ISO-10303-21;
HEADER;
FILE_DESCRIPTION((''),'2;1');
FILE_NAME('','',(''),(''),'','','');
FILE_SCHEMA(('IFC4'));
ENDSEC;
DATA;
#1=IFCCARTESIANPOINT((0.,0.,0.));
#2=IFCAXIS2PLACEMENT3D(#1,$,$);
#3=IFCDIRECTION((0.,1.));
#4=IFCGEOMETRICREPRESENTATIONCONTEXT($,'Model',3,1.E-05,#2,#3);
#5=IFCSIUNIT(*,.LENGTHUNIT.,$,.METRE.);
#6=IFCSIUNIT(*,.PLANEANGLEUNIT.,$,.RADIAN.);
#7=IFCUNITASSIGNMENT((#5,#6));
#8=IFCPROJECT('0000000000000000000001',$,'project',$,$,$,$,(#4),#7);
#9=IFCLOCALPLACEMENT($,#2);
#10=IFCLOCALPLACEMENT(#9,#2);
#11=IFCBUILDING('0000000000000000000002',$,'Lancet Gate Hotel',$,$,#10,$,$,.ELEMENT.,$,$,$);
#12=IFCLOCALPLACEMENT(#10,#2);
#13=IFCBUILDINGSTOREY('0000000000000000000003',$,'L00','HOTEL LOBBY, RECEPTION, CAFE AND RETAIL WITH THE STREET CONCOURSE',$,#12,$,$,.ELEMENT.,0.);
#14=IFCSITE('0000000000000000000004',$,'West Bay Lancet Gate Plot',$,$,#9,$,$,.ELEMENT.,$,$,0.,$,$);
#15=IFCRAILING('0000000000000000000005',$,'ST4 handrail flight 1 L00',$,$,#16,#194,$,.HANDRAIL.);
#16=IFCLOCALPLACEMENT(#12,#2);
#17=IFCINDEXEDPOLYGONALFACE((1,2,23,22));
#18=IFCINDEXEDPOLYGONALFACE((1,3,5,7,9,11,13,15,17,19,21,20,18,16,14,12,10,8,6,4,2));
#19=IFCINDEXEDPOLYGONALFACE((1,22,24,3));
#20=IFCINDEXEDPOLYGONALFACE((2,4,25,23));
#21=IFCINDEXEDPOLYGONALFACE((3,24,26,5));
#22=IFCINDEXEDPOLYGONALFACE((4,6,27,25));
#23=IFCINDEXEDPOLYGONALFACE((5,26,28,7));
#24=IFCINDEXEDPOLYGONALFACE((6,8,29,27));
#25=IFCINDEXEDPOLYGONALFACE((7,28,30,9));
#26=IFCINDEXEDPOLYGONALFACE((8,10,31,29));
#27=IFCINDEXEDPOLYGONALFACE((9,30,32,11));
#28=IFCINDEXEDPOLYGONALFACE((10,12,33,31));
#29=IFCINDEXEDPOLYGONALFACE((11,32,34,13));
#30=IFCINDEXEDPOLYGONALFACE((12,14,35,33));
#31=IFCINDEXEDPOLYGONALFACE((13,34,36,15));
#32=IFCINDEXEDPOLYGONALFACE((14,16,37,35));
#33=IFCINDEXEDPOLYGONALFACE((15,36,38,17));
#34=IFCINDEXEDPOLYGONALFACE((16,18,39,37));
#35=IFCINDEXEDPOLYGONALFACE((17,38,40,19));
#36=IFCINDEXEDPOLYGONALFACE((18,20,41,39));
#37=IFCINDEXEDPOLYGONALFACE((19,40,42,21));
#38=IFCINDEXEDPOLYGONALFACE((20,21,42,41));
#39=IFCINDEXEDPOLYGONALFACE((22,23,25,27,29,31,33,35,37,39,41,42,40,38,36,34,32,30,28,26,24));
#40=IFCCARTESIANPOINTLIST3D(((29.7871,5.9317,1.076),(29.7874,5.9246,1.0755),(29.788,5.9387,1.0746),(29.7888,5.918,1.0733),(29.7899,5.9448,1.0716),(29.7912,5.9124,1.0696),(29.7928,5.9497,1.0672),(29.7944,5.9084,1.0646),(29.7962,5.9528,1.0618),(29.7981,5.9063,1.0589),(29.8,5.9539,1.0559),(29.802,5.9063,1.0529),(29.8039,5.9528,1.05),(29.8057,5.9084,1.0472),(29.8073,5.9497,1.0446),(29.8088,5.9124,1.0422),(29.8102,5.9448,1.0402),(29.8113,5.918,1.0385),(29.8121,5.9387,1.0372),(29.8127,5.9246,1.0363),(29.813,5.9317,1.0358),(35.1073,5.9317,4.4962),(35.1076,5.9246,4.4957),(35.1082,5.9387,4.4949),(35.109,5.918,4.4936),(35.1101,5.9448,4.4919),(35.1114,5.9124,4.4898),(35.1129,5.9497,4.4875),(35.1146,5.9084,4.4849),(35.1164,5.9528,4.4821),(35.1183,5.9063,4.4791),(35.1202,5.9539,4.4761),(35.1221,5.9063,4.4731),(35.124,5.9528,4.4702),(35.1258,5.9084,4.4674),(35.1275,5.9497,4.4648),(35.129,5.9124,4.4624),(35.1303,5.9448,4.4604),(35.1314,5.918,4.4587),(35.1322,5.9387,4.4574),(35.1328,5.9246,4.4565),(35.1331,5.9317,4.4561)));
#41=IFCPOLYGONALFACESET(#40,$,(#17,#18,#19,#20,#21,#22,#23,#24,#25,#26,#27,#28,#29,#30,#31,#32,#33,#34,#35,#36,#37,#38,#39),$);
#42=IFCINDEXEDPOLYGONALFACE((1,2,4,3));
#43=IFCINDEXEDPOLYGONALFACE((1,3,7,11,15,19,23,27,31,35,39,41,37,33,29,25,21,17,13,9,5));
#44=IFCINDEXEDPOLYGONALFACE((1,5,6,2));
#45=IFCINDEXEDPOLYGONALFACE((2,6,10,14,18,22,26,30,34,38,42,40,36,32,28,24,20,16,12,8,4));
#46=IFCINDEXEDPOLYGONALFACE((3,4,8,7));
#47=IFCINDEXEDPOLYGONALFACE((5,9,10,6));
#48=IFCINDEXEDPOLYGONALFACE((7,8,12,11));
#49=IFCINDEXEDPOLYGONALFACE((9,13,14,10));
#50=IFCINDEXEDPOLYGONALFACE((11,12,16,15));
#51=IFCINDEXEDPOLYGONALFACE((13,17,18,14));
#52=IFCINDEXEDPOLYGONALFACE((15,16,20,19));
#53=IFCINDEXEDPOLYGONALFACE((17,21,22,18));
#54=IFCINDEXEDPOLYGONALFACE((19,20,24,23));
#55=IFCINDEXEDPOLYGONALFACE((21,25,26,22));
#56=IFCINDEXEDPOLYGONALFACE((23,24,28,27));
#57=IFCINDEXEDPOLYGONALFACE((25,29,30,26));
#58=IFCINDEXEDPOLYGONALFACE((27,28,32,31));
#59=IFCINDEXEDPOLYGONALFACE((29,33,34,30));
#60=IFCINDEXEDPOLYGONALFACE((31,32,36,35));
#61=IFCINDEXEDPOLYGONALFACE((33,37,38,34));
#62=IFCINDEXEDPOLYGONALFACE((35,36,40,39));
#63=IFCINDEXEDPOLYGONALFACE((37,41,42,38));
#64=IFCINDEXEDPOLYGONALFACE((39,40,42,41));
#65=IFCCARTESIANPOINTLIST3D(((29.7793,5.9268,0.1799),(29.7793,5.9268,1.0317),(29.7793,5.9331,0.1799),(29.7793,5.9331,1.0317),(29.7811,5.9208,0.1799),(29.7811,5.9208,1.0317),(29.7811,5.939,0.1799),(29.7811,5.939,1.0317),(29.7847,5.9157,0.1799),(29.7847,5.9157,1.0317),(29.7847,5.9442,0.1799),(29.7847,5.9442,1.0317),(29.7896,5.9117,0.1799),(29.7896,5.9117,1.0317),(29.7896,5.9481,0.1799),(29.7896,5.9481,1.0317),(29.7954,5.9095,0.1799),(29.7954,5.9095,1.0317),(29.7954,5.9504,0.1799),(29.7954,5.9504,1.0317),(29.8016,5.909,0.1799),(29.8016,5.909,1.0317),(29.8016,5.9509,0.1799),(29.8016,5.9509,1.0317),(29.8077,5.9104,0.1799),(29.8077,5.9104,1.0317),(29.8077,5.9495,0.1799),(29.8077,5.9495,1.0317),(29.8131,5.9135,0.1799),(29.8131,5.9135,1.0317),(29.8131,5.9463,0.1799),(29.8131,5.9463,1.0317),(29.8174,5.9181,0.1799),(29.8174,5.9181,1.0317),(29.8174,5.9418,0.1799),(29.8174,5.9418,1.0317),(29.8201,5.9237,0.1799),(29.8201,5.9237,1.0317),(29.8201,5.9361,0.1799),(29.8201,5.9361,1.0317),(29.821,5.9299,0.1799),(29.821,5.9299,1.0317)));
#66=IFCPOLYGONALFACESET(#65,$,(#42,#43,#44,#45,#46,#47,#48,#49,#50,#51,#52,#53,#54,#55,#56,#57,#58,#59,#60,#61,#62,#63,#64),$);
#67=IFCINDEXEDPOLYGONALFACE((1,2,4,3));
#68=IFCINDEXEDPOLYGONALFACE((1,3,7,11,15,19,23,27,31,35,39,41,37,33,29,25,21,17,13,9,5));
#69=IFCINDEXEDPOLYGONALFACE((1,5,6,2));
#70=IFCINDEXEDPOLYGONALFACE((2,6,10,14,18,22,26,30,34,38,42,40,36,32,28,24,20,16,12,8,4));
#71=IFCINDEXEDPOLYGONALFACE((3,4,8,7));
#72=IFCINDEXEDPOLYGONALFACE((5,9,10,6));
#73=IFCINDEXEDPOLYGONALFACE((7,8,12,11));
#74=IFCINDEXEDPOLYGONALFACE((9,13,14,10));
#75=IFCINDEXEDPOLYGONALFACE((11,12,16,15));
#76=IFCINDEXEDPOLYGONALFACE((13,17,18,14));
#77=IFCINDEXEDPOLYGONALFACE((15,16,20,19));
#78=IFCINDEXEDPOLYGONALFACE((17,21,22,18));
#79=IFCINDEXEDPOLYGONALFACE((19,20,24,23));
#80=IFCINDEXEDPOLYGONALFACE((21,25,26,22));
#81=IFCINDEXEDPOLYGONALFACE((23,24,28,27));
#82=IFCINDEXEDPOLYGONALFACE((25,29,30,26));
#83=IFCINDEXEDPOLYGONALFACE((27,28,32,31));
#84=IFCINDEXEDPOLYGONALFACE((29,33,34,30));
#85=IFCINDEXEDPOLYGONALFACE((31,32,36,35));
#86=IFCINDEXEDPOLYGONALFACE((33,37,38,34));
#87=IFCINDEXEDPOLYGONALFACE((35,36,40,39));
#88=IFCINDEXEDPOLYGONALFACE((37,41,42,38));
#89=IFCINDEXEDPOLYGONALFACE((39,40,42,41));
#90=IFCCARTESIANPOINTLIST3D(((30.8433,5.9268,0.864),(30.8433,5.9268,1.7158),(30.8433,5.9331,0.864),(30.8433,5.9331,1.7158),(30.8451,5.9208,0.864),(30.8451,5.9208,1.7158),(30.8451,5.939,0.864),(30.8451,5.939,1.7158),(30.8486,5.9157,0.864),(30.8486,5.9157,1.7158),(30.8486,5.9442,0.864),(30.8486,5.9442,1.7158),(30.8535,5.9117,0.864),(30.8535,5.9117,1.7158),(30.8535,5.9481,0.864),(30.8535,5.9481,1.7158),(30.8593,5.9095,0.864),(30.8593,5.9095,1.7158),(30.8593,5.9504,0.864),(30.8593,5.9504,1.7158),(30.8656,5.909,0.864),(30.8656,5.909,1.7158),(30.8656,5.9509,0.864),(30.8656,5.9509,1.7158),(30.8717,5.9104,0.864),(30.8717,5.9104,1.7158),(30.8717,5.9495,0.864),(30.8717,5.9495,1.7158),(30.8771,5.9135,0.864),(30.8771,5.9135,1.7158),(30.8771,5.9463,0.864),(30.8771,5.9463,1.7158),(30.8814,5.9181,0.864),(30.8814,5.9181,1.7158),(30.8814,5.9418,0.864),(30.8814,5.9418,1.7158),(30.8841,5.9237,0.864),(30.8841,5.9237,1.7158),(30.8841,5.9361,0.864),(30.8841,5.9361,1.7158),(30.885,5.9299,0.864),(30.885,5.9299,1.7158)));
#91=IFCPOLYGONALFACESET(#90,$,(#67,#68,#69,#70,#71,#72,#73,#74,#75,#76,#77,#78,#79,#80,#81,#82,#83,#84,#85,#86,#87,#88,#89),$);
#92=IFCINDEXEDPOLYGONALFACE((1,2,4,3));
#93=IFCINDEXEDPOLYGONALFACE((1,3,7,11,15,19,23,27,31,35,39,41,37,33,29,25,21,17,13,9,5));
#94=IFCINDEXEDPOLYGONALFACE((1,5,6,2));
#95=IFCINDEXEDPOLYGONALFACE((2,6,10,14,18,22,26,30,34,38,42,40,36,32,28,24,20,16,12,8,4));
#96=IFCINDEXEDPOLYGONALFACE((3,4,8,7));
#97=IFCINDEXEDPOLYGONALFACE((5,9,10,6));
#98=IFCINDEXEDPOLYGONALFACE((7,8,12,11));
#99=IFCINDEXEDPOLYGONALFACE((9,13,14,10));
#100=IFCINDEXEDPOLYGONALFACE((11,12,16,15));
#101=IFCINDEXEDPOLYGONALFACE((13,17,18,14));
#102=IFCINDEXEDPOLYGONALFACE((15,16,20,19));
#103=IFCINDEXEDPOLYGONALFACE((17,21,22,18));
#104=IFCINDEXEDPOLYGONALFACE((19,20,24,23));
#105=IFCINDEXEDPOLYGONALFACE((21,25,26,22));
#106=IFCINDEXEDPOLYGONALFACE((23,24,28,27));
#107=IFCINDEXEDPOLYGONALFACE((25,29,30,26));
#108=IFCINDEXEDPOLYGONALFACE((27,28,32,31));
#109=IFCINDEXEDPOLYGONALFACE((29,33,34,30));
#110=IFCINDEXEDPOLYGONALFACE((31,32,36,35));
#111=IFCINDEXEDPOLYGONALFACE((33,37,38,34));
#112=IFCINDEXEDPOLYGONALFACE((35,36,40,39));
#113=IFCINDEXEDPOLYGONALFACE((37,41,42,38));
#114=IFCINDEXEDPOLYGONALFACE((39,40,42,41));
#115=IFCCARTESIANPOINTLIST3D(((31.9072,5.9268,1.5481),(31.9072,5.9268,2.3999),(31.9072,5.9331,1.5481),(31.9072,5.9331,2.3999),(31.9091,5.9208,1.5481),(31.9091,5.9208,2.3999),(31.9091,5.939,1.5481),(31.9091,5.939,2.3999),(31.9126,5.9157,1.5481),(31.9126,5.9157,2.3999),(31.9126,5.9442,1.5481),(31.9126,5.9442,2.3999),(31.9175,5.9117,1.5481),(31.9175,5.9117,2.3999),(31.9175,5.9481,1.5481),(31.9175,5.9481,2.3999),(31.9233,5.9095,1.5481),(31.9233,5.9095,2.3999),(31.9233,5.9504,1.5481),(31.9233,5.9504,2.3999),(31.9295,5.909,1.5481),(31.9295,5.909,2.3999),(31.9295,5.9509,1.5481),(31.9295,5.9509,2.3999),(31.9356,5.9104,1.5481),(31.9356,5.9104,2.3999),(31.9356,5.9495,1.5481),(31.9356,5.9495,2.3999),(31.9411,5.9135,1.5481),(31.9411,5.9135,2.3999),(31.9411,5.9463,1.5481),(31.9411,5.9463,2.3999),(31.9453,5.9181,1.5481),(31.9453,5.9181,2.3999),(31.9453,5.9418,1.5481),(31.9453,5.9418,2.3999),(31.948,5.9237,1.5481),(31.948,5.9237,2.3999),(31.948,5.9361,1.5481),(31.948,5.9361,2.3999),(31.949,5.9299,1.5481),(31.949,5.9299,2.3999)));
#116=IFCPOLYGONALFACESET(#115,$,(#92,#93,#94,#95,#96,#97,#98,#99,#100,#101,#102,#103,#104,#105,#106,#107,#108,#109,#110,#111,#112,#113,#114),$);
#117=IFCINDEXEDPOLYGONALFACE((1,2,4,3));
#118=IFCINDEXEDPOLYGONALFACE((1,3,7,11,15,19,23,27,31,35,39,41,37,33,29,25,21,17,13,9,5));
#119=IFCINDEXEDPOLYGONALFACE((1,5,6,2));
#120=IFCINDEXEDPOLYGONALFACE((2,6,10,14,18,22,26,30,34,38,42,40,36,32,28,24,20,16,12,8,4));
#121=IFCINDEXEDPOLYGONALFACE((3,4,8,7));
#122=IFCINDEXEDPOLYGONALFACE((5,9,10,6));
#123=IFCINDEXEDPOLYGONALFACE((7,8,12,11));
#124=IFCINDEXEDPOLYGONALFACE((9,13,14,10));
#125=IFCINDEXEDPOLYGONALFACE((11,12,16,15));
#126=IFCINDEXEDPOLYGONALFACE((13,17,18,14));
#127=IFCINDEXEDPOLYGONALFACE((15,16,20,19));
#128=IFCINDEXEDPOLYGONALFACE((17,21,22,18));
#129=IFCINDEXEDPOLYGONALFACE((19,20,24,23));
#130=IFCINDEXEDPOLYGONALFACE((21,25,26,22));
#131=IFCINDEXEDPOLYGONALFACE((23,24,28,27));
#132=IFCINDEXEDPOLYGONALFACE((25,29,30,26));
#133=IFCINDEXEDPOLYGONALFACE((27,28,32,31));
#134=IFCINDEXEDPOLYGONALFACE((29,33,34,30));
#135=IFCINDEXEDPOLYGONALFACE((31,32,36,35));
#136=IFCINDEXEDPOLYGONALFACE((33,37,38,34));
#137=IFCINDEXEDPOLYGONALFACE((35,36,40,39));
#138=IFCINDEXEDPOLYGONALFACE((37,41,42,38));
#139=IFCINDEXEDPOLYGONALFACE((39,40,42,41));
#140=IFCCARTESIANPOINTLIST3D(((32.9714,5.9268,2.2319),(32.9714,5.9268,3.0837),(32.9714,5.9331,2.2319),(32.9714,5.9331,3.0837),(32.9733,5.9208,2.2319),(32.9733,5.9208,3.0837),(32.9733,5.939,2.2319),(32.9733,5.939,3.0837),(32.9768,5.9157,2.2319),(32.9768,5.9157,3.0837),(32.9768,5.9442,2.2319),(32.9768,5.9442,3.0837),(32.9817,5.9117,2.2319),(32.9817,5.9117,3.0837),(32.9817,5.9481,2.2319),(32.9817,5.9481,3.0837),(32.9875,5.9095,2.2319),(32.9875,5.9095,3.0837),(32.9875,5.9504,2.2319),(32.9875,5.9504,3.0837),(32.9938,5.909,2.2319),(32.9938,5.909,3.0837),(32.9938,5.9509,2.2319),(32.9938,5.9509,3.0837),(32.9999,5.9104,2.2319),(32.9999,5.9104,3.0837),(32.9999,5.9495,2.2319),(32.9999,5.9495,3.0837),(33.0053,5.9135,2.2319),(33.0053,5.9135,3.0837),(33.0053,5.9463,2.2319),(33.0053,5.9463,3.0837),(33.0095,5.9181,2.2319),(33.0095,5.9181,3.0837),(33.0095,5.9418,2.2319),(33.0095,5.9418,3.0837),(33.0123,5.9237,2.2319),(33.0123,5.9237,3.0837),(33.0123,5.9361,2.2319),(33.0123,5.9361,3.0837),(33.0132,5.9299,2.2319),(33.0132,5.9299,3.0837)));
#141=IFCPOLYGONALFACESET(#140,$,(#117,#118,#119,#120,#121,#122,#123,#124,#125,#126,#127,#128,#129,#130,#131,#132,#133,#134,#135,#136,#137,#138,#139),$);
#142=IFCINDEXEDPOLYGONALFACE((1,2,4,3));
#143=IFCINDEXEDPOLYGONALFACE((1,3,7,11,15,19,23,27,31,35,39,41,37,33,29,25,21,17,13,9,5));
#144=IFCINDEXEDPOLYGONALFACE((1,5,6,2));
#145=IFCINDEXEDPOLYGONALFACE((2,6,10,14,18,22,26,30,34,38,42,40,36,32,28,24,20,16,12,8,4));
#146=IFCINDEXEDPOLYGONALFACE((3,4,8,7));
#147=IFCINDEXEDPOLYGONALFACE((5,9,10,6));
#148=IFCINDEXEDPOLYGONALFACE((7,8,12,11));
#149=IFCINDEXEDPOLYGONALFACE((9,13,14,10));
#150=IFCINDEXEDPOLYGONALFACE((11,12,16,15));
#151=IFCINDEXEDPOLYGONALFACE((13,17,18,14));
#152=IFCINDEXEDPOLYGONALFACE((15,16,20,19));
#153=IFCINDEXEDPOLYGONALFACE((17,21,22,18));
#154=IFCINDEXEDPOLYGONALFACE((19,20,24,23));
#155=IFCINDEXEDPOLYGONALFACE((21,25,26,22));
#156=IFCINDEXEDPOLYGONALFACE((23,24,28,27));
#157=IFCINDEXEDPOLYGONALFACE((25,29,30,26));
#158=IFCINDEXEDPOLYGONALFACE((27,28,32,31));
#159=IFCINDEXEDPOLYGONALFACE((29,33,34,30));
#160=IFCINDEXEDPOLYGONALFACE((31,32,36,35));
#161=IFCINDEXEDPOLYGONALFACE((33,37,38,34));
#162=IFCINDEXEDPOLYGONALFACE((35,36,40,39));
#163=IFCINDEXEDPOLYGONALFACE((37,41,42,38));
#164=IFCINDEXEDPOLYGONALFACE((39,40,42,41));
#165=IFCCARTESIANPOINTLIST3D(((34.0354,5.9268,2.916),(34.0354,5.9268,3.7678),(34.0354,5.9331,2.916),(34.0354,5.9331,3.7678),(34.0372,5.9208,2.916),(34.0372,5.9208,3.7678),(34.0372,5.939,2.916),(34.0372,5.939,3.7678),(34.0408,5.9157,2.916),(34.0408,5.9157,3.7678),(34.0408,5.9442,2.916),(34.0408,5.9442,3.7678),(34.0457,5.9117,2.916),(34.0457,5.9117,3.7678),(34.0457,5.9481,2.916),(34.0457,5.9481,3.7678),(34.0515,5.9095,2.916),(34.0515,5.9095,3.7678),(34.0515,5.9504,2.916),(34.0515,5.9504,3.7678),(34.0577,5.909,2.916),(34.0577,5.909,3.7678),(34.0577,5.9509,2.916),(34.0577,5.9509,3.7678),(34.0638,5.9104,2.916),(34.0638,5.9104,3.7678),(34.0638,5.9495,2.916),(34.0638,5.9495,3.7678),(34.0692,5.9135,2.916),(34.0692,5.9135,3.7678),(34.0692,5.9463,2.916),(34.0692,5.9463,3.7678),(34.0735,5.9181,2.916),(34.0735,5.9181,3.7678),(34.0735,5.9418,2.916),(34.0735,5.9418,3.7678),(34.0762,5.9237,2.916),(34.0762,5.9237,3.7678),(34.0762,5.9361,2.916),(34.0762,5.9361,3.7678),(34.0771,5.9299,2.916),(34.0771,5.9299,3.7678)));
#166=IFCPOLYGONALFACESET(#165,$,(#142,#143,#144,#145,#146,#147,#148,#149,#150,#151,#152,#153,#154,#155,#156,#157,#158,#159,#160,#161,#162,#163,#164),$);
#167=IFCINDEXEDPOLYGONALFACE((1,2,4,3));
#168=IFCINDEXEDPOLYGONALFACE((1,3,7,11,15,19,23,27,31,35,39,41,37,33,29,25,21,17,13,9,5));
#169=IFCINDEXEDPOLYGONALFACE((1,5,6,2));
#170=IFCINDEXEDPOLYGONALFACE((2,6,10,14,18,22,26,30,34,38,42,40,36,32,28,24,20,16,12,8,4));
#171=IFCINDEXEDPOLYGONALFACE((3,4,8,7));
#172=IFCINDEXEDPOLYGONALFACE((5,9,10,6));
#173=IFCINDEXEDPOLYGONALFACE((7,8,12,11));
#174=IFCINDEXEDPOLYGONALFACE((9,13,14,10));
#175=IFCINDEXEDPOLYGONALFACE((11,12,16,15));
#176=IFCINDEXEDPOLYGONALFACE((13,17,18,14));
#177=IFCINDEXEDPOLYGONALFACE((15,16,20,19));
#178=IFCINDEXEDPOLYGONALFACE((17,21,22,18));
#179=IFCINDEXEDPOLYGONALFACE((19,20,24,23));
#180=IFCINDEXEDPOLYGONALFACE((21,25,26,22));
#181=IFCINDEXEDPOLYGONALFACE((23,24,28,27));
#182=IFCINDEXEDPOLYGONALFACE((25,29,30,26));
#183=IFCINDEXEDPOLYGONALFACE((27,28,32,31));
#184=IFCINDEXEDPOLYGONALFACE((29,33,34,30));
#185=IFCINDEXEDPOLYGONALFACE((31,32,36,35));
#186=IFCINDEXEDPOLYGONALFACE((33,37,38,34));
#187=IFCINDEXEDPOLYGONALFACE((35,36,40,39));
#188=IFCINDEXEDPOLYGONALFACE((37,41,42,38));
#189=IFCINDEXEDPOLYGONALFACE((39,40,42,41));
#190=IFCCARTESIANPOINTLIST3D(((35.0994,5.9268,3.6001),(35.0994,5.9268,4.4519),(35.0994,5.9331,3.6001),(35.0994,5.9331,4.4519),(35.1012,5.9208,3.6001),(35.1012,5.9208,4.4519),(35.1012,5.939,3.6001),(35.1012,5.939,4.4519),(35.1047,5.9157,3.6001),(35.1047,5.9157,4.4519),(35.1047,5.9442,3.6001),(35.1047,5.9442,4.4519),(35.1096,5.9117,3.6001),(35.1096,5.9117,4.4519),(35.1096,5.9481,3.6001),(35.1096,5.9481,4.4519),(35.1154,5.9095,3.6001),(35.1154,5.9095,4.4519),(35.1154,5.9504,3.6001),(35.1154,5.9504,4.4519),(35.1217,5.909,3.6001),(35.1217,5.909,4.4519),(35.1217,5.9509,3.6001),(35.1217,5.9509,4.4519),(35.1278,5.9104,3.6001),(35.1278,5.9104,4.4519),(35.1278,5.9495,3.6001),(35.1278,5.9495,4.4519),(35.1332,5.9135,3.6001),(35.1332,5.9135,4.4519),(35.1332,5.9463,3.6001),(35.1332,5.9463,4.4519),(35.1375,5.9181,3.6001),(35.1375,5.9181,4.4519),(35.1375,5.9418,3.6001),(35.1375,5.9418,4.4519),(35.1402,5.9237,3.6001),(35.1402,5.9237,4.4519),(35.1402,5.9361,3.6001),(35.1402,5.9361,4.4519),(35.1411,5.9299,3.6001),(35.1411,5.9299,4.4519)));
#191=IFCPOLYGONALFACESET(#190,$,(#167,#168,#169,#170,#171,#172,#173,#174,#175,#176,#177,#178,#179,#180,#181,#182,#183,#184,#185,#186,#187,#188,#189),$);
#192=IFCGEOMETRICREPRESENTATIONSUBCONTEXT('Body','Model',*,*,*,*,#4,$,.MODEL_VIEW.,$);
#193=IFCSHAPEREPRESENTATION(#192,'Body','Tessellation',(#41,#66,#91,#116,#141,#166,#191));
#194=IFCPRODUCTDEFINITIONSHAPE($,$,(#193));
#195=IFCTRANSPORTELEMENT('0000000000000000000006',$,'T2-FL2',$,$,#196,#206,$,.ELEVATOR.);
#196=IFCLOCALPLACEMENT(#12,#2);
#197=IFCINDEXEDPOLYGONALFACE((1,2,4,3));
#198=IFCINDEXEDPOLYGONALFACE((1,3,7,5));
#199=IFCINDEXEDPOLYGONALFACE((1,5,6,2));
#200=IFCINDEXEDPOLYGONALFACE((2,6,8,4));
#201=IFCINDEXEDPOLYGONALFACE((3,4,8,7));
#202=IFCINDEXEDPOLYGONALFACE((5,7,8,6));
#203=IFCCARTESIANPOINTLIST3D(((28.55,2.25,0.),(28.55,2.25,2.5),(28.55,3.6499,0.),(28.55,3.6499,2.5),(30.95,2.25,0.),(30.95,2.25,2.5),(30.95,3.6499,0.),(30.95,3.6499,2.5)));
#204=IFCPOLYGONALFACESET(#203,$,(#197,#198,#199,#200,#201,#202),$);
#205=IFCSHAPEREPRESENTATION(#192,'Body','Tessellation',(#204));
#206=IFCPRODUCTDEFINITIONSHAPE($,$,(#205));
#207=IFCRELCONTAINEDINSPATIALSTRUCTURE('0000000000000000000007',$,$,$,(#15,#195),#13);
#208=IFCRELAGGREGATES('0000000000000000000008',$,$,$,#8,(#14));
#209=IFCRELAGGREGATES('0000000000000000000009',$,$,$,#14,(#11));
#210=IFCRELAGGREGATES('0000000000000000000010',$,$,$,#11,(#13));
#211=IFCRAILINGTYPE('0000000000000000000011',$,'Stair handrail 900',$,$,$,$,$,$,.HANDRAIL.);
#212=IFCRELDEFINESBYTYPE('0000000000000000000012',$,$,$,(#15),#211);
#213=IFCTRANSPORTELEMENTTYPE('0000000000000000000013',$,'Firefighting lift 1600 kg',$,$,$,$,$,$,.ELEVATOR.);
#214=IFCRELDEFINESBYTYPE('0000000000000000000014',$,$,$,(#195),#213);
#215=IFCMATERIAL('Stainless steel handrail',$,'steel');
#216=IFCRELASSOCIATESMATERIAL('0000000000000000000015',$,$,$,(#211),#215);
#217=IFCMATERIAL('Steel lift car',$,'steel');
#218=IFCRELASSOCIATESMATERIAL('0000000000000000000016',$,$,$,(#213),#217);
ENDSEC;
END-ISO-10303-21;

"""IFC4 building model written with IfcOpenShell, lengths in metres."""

from ifc_helpers import new_model, si_unit, direction, frame, origin, origin_2d, place, context, subcontext, project, spatial, rectangle, circle, extrude, material, type_object, element, save


model = new_model("IFC4")

# Units and contexts
model_context = context("Model", 3, precision=1e-05, world=origin(), true_north=direction((0.0, 1.0)))
body_context = subcontext(model_context, "Body", "Model", "MODEL_VIEW")
ifc_project = project(units=[si_unit("LENGTHUNIT", "METRE"), si_unit("PLANEANGLEUNIT", "RADIAN")], contexts=[model_context])

# Site, building, storey
site_placement = place(None, origin())
site = spatial("IfcSite", under=ifc_project, at=site_placement, Name="West Bay Lancet Gate Plot", CompositionType="ELEMENT", RefElevation=0.0)
building_placement = place(site_placement, origin())
building = spatial("IfcBuilding", under=site, at=building_placement, Name="Lancet Gate Hotel", CompositionType="ELEMENT")
storey_placement = place(building_placement, origin())
storey = spatial("IfcBuildingStorey", under=building, at=storey_placement, Name="L00", Description="HOTEL LOBBY, RECEPTION, CAFE AND RETAIL WITH THE STREET CONCOURSE", CompositionType="ELEMENT", Elevation=0.0)

# Railing
ifc_material_1 = material(Name="Stainless steel handrail", Category="steel")
railing_type = type_object("IfcRailingType", Name="Stair handrail 900", PredefinedType="HANDRAIL", material=ifc_material_1)
railing_1_placement = place(storey_placement, frame((29.8, 5.9299, 0.1799)))
element("IfcRailing", 1, at=railing_1_placement, inside=storey, type_object=railing_type, Name="ST4 handrail flight 1 L00", PredefinedType="HANDRAIL", context=body_context, shape_type="SweptSolid", body=[
    extrude(circle(Radius=0.0239, at=origin_2d()), frame((0.0, 0.0, 0.876), z_axis=(0.84117, 0.0, 0.540771), x_axis=(0.0, 1.0, 0.0)), (0.0, 0.0, 1.0), 6.3247),
    extrude(circle(Radius=0.021, at=origin_2d()), origin(), (0.0, 0.0, 1.0), 0.8518),
    extrude(circle(Radius=0.021, at=origin_2d()), frame((1.064, 0.0, 0.6841)), (0.0, 0.0, 1.0), 0.8518),
    extrude(circle(Radius=0.021, at=origin_2d()), frame((2.1279, 0.0, 1.3682)), (0.0, 0.0, 1.0), 0.8518),
    extrude(circle(Radius=0.021, at=origin_2d()), frame((3.1921, 0.0, 2.052)), (0.0, 0.0, 1.0), 0.8518),
    extrude(circle(Radius=0.021, at=origin_2d()), frame((4.2561, 0.0, 2.7361)), (0.0, 0.0, 1.0), 0.8518),
    extrude(circle(Radius=0.021, at=origin_2d()), frame((5.3201, 0.0, 3.4202)), (0.0, 0.0, 1.0), 0.8518),
])

# Transport element
ifc_material_2 = material(Name="Steel lift car", Category="steel")
transport_element_type = type_object("IfcTransportElementType", Name="Firefighting lift 1600 kg", PredefinedType="ELEVATOR", material=ifc_material_2)
transport_element_placement = place(storey_placement, frame((29.75, 2.95, 0.0), z_axis=(0.0, 0.0, 1.0), x_axis=(1.0, 0.0, 0.0)))
element("IfcTransportElement", 2, at=transport_element_placement, inside=storey, type_object=transport_element_type, Name="T2-FL2", PredefinedType="ELEVATOR", context=body_context, shape_type="SweptSolid", body=[
    extrude(rectangle(XDim=2.3999, YDim=1.3999, at=origin_2d()), origin(), (0.0, 0.0, 1.0), 2.5),
])

save(model, "model.ifc")
